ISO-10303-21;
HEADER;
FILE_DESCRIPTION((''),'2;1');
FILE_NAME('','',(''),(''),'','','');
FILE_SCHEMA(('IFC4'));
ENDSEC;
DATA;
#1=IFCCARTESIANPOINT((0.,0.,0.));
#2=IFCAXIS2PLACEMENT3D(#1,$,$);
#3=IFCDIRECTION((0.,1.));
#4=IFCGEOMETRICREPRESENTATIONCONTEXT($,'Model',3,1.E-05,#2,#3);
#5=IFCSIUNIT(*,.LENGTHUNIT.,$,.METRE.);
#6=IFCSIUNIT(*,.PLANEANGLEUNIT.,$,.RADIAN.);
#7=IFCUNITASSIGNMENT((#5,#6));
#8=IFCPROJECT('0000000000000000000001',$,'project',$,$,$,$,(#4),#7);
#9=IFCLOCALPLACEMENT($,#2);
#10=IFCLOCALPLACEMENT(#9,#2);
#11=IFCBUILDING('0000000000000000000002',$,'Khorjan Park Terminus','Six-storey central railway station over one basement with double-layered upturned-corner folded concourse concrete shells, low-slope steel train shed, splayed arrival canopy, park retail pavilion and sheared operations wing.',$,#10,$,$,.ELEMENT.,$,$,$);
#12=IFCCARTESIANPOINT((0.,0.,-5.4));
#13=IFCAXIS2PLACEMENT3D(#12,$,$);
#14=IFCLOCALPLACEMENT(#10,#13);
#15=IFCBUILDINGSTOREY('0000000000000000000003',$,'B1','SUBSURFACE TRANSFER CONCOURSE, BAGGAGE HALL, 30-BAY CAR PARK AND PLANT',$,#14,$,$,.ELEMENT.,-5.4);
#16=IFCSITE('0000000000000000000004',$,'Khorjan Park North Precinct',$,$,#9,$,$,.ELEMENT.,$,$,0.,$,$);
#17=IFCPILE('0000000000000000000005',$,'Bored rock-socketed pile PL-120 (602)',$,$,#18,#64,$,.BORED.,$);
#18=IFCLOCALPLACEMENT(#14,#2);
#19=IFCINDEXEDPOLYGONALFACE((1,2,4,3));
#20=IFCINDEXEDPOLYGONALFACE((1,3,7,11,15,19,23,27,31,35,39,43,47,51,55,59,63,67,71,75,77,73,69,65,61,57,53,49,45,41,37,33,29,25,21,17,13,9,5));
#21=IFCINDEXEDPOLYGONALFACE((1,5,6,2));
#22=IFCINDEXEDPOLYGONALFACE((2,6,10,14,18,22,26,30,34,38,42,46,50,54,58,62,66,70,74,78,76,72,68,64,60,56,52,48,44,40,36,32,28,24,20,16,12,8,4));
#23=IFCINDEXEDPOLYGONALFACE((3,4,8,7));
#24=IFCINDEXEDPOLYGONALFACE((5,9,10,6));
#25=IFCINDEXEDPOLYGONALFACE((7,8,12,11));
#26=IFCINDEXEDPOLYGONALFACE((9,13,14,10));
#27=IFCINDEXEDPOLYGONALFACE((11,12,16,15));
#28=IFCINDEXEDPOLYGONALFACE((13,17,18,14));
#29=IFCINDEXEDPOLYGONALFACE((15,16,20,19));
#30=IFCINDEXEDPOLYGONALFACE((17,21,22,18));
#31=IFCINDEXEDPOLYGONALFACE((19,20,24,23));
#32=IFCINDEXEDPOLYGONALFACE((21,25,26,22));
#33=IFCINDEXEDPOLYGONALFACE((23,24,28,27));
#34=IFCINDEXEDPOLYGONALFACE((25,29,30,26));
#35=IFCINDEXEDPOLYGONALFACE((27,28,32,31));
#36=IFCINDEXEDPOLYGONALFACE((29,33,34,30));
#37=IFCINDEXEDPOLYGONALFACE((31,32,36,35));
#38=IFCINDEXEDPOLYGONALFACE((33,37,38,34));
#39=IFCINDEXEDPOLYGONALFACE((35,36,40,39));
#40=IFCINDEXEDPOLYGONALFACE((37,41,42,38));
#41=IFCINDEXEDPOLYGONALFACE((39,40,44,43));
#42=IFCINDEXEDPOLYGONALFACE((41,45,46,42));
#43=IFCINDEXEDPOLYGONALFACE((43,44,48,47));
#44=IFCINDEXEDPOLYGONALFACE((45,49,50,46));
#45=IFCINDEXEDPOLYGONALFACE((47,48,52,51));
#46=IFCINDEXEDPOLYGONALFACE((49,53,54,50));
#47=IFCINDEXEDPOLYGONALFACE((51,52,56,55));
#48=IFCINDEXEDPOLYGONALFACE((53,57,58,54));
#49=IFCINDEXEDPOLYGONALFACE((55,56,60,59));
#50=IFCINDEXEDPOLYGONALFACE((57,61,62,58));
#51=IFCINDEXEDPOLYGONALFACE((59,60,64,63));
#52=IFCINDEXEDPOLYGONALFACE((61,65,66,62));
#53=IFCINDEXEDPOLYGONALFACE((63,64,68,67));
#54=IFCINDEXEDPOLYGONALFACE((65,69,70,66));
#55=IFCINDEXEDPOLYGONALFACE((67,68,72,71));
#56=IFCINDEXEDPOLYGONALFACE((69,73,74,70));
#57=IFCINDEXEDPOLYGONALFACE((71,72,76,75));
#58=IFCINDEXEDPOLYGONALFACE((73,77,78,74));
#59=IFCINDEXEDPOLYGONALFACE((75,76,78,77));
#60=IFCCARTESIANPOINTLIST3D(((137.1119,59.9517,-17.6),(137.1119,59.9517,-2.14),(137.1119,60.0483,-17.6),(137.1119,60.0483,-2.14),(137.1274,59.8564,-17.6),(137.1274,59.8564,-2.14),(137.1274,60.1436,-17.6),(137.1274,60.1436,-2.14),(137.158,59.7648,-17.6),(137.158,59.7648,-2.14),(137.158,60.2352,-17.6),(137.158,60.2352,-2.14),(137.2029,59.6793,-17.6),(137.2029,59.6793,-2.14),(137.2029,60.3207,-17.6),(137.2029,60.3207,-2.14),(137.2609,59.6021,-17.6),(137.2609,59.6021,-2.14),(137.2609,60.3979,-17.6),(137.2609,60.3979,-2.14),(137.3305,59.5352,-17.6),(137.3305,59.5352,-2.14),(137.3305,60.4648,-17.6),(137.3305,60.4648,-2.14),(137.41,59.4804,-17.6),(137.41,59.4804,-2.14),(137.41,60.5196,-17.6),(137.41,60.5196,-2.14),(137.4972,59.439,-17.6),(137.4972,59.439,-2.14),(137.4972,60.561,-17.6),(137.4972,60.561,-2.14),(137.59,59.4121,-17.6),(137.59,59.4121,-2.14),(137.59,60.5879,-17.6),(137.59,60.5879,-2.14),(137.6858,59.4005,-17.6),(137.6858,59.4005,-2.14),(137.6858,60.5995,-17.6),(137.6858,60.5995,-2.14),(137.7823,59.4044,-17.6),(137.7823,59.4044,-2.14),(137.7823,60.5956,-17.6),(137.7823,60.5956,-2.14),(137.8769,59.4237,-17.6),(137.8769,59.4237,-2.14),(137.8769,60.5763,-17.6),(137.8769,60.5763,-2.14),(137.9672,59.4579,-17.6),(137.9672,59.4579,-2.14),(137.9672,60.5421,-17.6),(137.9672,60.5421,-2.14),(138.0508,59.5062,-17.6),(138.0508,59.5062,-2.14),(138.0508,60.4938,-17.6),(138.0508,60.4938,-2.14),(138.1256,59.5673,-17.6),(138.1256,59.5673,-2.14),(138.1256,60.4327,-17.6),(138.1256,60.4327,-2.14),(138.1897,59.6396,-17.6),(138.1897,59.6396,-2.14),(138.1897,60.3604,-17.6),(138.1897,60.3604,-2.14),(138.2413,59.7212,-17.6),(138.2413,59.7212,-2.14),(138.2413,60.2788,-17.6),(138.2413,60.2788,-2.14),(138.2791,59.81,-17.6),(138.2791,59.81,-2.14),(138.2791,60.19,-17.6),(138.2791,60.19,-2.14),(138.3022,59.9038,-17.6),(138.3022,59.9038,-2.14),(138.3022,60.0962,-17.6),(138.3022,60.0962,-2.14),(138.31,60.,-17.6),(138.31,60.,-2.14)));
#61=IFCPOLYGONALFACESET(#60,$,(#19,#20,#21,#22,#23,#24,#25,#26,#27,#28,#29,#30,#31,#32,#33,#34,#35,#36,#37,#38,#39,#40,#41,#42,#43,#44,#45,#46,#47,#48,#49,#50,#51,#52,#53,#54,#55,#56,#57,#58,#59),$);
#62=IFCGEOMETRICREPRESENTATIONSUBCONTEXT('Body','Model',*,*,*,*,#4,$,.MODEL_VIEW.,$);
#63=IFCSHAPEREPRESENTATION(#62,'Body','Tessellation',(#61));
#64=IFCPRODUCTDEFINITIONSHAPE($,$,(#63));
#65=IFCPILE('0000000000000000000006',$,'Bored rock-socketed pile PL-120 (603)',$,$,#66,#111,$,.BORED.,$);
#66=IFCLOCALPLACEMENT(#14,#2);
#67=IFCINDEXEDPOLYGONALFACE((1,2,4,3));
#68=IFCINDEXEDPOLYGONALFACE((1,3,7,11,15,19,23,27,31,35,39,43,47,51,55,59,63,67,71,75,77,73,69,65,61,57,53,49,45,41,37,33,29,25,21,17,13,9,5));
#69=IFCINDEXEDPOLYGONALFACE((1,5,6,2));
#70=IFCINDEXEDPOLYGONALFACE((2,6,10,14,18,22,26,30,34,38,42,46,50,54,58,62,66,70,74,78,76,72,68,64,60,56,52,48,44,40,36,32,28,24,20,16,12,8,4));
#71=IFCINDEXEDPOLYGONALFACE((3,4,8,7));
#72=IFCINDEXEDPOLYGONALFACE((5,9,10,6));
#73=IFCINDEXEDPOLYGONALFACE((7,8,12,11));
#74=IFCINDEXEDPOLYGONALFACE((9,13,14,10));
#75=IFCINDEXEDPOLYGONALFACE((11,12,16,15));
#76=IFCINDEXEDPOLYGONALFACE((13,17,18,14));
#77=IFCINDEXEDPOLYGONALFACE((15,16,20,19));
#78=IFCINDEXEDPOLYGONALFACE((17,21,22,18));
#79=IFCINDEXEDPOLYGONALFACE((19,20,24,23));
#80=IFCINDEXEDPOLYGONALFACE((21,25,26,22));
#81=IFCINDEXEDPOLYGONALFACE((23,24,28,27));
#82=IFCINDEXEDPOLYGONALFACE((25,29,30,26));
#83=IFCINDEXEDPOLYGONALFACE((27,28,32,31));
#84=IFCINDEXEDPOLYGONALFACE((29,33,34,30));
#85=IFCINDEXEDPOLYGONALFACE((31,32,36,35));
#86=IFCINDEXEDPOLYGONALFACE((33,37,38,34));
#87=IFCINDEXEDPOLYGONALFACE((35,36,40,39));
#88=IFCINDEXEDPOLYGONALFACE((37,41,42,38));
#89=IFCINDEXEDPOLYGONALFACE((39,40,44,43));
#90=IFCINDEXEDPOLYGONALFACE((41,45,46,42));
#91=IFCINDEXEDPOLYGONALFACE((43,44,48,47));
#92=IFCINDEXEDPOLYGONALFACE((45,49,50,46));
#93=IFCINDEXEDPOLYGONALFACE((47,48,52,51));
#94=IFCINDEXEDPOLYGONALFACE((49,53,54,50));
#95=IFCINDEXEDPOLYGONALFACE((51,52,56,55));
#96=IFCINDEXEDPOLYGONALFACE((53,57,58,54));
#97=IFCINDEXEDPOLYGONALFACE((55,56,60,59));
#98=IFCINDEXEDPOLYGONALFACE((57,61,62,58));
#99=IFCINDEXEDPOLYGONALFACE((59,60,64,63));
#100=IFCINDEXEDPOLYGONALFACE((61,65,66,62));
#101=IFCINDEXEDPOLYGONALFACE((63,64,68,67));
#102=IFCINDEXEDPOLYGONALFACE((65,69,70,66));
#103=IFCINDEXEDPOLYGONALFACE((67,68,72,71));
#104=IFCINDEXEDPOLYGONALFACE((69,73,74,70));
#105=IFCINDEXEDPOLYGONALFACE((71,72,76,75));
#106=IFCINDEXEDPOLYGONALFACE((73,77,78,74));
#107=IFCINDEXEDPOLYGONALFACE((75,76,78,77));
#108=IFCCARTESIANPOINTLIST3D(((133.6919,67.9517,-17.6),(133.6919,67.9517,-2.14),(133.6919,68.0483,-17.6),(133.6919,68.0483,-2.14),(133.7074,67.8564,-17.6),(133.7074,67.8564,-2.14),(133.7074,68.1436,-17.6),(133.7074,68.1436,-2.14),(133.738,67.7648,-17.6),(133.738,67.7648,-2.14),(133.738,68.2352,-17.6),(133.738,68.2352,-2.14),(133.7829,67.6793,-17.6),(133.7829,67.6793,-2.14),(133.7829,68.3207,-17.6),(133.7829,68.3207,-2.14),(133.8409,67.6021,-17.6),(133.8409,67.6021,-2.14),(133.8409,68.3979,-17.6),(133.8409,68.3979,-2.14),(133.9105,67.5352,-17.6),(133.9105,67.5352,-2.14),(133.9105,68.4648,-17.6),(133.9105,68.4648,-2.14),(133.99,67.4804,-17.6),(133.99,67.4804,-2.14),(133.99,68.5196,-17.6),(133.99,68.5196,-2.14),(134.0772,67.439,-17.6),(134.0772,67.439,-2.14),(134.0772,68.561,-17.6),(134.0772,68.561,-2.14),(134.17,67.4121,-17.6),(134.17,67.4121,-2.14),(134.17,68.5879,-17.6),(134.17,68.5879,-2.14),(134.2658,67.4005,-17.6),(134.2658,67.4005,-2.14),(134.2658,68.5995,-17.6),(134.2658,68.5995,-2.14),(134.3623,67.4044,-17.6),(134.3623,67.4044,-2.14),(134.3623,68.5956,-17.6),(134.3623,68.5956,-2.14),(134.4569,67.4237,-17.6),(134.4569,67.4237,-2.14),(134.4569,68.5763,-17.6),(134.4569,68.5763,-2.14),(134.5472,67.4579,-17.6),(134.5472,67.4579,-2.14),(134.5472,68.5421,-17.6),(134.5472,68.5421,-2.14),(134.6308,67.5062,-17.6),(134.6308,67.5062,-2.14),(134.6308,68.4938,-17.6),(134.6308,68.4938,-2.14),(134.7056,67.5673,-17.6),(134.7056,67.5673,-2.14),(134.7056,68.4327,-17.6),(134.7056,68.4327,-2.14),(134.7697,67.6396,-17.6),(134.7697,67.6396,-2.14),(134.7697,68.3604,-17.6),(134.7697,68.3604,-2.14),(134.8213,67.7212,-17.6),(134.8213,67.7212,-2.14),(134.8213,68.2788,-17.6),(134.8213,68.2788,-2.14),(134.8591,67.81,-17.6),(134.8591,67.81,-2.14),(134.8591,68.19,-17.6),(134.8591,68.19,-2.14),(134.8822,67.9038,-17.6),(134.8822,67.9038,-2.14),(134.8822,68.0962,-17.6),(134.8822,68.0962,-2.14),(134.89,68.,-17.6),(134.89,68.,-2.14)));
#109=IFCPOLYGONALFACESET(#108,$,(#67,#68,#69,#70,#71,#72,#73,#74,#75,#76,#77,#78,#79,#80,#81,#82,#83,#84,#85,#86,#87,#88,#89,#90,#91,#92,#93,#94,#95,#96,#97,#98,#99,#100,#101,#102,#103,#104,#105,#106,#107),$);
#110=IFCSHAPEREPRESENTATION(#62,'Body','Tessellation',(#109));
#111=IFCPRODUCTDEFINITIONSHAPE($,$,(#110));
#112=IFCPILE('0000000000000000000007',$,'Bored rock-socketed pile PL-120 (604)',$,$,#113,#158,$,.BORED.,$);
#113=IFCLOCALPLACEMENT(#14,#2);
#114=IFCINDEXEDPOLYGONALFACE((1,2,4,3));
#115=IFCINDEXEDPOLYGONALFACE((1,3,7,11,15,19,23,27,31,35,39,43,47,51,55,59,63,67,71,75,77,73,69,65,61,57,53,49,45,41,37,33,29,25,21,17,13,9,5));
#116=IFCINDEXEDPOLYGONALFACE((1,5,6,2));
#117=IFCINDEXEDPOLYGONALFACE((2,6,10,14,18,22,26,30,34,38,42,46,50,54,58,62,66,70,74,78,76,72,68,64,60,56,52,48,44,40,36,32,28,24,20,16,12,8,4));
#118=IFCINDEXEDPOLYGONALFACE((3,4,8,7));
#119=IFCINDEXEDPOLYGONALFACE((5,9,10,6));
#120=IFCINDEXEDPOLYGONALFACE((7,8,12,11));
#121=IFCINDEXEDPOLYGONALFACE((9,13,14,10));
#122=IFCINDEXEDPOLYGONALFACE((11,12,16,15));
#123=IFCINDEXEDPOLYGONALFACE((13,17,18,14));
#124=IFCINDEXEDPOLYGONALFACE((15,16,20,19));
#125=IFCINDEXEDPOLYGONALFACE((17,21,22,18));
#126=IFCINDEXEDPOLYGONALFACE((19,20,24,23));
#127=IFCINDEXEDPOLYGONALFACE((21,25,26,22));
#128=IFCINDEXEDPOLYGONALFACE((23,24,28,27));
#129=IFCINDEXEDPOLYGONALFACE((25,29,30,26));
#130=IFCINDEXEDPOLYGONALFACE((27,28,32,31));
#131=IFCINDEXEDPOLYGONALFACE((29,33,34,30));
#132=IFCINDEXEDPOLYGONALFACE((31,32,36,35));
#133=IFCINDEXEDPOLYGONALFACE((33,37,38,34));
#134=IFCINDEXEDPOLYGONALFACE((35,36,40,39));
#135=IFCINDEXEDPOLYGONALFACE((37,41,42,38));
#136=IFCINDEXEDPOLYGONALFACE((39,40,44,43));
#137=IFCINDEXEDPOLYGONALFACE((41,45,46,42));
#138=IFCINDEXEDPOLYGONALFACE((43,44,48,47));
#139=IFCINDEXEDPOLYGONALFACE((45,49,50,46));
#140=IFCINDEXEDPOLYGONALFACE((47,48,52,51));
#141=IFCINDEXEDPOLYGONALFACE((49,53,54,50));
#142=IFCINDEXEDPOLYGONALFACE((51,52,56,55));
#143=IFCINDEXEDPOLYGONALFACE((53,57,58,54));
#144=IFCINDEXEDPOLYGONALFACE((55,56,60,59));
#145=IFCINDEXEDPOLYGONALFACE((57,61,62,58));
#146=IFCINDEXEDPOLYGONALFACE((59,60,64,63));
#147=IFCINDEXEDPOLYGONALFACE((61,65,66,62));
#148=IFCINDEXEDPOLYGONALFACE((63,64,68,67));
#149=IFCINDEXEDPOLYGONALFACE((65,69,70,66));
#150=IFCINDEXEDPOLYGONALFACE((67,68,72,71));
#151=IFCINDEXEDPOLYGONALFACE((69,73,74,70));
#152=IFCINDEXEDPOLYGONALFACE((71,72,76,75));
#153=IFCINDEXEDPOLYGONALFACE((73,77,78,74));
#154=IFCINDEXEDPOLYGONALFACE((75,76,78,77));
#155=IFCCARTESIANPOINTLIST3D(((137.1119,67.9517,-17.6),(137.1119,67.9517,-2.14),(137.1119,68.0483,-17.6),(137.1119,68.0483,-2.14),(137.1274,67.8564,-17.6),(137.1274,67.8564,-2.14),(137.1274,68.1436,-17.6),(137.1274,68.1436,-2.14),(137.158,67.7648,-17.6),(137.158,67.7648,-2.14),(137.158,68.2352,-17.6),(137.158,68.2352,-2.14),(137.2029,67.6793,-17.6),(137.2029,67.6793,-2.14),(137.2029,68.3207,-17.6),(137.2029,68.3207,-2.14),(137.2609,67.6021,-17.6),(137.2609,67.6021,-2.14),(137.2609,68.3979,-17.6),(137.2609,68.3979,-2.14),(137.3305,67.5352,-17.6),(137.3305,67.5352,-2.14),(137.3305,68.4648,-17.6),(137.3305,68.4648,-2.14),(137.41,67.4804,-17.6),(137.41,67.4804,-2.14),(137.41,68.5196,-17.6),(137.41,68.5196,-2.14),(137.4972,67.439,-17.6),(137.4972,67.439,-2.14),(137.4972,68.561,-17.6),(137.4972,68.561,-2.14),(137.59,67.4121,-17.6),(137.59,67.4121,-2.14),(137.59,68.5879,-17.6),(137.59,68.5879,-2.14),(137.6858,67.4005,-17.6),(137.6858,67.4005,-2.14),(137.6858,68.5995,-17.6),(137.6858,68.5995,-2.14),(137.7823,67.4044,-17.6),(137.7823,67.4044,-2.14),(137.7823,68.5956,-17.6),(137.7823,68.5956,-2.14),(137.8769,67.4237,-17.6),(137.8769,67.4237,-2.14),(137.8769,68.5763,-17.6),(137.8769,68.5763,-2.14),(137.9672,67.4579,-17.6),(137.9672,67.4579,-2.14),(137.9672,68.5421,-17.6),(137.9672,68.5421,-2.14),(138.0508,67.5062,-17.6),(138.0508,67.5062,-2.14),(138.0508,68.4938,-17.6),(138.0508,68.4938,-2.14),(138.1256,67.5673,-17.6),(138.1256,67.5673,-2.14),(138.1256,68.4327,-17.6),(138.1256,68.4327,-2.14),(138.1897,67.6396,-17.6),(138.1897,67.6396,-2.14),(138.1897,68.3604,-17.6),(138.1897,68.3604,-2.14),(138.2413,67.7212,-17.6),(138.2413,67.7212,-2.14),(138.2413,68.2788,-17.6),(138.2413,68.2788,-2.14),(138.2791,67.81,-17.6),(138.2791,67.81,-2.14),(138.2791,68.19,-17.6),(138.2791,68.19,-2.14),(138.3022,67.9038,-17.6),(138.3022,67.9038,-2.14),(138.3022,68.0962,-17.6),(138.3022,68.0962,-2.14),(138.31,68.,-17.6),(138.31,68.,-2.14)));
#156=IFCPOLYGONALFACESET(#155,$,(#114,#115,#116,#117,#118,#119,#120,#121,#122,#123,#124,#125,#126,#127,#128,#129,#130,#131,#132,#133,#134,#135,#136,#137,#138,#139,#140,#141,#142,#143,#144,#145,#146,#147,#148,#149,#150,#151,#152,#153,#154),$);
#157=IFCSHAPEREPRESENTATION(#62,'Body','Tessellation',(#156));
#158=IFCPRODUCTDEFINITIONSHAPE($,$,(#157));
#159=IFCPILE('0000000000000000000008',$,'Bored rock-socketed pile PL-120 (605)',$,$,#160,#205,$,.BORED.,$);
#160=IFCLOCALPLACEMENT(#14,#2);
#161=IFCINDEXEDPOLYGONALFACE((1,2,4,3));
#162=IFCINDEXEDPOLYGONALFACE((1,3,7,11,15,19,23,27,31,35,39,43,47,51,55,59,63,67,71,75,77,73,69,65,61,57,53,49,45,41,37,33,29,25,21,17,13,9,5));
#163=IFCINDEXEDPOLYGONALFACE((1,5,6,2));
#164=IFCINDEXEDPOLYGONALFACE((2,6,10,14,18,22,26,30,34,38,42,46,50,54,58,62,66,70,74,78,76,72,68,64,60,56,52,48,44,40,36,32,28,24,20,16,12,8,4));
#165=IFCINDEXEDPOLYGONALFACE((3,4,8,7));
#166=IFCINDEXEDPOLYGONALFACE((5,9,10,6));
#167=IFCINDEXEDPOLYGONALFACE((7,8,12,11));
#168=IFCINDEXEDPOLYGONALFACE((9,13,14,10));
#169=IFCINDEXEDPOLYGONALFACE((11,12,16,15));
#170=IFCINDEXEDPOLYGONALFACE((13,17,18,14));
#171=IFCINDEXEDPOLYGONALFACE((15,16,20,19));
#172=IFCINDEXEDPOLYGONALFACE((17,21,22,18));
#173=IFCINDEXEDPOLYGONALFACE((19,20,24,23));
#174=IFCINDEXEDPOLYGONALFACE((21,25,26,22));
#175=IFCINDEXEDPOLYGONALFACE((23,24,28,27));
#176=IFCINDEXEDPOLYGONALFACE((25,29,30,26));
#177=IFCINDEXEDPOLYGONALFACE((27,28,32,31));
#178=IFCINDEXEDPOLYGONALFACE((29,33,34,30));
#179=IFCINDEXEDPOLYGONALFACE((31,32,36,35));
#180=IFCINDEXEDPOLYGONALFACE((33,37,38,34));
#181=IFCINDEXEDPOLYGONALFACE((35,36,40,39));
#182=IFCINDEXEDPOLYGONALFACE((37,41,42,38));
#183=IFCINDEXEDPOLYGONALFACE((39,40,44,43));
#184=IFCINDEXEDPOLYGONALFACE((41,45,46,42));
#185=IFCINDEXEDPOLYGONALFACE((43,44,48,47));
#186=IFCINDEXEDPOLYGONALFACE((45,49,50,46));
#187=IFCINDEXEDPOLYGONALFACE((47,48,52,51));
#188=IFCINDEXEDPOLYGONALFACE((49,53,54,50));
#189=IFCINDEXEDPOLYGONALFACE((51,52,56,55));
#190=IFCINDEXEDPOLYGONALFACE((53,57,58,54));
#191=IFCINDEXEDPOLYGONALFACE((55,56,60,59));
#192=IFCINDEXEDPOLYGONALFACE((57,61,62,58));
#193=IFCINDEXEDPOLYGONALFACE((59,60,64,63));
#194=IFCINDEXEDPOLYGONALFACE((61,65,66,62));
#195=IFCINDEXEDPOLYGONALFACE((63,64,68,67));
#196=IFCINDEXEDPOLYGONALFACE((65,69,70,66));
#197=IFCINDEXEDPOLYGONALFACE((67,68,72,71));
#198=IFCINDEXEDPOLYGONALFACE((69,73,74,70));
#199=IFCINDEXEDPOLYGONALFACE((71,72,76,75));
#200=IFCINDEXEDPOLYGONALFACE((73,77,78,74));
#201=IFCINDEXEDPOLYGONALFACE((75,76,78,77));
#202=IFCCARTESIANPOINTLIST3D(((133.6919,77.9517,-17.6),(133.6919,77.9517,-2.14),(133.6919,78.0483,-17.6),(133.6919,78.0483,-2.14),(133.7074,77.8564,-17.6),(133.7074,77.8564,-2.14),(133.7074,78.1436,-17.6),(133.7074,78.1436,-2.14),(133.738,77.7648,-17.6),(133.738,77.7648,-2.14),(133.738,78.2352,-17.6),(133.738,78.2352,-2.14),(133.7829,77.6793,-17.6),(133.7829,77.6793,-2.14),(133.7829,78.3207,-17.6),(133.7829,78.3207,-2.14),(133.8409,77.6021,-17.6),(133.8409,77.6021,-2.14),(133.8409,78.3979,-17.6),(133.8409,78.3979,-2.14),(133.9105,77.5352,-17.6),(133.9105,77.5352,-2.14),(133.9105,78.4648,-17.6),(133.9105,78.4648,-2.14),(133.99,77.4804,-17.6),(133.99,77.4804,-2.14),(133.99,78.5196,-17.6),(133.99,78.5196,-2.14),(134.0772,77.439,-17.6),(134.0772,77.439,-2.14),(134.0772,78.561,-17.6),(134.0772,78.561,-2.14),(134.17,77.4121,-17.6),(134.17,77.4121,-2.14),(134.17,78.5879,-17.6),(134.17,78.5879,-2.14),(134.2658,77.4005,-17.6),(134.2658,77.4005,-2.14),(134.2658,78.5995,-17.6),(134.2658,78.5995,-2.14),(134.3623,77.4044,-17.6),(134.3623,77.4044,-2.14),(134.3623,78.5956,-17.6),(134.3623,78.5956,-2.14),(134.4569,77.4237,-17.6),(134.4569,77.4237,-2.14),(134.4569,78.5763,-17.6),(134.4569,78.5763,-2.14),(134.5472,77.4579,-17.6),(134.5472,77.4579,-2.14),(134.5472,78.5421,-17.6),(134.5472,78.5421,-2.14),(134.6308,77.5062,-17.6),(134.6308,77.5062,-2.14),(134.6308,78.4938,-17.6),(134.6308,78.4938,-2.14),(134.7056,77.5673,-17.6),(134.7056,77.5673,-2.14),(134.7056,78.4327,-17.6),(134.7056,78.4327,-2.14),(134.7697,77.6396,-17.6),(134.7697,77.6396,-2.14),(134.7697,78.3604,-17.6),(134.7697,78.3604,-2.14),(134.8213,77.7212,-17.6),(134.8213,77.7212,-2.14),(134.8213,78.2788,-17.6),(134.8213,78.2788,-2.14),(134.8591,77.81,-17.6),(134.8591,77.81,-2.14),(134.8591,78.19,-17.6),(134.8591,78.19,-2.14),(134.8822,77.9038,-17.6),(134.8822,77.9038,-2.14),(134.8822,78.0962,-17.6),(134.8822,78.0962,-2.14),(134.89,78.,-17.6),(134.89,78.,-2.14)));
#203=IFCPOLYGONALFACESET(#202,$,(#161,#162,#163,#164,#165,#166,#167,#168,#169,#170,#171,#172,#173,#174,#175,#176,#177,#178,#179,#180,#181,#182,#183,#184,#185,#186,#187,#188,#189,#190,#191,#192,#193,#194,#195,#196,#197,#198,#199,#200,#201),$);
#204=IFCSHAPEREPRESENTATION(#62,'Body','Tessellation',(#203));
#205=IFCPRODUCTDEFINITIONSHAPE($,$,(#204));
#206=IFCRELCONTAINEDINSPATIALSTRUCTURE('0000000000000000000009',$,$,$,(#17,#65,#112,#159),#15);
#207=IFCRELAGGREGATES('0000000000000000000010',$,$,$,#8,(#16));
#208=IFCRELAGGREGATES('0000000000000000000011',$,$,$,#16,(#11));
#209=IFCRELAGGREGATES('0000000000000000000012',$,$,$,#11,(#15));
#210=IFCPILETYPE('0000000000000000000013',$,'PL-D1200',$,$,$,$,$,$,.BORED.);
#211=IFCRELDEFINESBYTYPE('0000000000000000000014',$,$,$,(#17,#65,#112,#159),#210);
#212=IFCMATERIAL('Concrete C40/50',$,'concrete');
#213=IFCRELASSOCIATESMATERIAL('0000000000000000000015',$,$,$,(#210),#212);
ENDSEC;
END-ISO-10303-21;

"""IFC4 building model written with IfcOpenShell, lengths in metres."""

from ifc_helpers import new_model, si_unit, direction, frame, origin, origin_2d, place, context, subcontext, project, spatial, circle, extrude, material, material_profile, profile_set, type_object, element, save


model = new_model("IFC4")

# Units and contexts
model_context = context("Model", 3, precision=1e-05, world=origin(), true_north=direction((0.0, 1.0)))
body_context = subcontext(model_context, "Body", "Model", "MODEL_VIEW")
ifc_project = project(units=[si_unit("LENGTHUNIT", "METRE"), si_unit("PLANEANGLEUNIT", "RADIAN")], contexts=[model_context])

# Site, building, storey
site_placement = place(None, origin())
site = spatial("IfcSite", under=ifc_project, at=site_placement, Name="Khorjan Park North Precinct", CompositionType="ELEMENT", RefElevation=0.0)
building_placement = place(site_placement, origin())
building = spatial("IfcBuilding", under=site, at=building_placement, Name="Khorjan Park Terminus", Description="Six-storey central railway station over one basement with double-layered upturned-corner folded concourse concrete shells, low-slope steel train shed, splayed arrival canopy, park retail pavilion and sheared operations wing.", CompositionType="ELEMENT")
storey_placement = place(building_placement, frame((0.0, 0.0, -5.4)))
storey = spatial("IfcBuildingStorey", under=building, at=storey_placement, Name="B1", Description="SUBSURFACE TRANSFER CONCOURSE, BAGGAGE HALL, 30-BAY CAR PARK AND PLANT", CompositionType="ELEMENT", Elevation=-5.4)

# Shared definitions
ifc_material_1 = material(Name="Concrete C40/50", Category="concrete")

# Piles
ifc_material_profile_1 = material_profile(ifc_material_1, circle(Radius=0.6, at=origin_2d()), Name="BORED D1200")
ifc_profile_set_1 = profile_set([ifc_material_profile_1], Name="Concrete C40/50")
pile_type_1 = type_object("IfcPileType", Name="PL-D1200", PredefinedType="BORED", material=ifc_profile_set_1)
for number, where, z_axis, x_axis, name in (
    (1, (137.71, 60.0, -2.14), (0.0, 0.0, -1.0), (1.0, 0.0, 0.0), "Bored rock-socketed pile PL-120 (602)"),
    (2, (134.29, 68.0, -2.14), (0.0, 0.0, -1.0), (1.0, 0.0, 0.0), "Bored rock-socketed pile PL-120 (603)"),
    (3, (137.71, 68.0, -2.14), (0.0, 0.0, -1.0), (1.0, 0.0, 0.0), "Bored rock-socketed pile PL-120 (604)"),
    (4, (134.29, 78.0, -2.14), (0.0, 0.0, -1.0), (1.0, 0.0, 0.0), "Bored rock-socketed pile PL-120 (605)"),
):
    element("IfcPile", number, at=place(storey_placement, frame(where, z_axis=z_axis, x_axis=x_axis)), inside=storey, type_object=pile_type_1, Name=name, PredefinedType="BORED", context=body_context, shape_type="SweptSolid", body=[
        extrude(circle(Radius=0.6, at=origin_2d()), origin(), (0.0, 0.0, 1.0), 15.46),
    ])

save(model, "model.ifc")
